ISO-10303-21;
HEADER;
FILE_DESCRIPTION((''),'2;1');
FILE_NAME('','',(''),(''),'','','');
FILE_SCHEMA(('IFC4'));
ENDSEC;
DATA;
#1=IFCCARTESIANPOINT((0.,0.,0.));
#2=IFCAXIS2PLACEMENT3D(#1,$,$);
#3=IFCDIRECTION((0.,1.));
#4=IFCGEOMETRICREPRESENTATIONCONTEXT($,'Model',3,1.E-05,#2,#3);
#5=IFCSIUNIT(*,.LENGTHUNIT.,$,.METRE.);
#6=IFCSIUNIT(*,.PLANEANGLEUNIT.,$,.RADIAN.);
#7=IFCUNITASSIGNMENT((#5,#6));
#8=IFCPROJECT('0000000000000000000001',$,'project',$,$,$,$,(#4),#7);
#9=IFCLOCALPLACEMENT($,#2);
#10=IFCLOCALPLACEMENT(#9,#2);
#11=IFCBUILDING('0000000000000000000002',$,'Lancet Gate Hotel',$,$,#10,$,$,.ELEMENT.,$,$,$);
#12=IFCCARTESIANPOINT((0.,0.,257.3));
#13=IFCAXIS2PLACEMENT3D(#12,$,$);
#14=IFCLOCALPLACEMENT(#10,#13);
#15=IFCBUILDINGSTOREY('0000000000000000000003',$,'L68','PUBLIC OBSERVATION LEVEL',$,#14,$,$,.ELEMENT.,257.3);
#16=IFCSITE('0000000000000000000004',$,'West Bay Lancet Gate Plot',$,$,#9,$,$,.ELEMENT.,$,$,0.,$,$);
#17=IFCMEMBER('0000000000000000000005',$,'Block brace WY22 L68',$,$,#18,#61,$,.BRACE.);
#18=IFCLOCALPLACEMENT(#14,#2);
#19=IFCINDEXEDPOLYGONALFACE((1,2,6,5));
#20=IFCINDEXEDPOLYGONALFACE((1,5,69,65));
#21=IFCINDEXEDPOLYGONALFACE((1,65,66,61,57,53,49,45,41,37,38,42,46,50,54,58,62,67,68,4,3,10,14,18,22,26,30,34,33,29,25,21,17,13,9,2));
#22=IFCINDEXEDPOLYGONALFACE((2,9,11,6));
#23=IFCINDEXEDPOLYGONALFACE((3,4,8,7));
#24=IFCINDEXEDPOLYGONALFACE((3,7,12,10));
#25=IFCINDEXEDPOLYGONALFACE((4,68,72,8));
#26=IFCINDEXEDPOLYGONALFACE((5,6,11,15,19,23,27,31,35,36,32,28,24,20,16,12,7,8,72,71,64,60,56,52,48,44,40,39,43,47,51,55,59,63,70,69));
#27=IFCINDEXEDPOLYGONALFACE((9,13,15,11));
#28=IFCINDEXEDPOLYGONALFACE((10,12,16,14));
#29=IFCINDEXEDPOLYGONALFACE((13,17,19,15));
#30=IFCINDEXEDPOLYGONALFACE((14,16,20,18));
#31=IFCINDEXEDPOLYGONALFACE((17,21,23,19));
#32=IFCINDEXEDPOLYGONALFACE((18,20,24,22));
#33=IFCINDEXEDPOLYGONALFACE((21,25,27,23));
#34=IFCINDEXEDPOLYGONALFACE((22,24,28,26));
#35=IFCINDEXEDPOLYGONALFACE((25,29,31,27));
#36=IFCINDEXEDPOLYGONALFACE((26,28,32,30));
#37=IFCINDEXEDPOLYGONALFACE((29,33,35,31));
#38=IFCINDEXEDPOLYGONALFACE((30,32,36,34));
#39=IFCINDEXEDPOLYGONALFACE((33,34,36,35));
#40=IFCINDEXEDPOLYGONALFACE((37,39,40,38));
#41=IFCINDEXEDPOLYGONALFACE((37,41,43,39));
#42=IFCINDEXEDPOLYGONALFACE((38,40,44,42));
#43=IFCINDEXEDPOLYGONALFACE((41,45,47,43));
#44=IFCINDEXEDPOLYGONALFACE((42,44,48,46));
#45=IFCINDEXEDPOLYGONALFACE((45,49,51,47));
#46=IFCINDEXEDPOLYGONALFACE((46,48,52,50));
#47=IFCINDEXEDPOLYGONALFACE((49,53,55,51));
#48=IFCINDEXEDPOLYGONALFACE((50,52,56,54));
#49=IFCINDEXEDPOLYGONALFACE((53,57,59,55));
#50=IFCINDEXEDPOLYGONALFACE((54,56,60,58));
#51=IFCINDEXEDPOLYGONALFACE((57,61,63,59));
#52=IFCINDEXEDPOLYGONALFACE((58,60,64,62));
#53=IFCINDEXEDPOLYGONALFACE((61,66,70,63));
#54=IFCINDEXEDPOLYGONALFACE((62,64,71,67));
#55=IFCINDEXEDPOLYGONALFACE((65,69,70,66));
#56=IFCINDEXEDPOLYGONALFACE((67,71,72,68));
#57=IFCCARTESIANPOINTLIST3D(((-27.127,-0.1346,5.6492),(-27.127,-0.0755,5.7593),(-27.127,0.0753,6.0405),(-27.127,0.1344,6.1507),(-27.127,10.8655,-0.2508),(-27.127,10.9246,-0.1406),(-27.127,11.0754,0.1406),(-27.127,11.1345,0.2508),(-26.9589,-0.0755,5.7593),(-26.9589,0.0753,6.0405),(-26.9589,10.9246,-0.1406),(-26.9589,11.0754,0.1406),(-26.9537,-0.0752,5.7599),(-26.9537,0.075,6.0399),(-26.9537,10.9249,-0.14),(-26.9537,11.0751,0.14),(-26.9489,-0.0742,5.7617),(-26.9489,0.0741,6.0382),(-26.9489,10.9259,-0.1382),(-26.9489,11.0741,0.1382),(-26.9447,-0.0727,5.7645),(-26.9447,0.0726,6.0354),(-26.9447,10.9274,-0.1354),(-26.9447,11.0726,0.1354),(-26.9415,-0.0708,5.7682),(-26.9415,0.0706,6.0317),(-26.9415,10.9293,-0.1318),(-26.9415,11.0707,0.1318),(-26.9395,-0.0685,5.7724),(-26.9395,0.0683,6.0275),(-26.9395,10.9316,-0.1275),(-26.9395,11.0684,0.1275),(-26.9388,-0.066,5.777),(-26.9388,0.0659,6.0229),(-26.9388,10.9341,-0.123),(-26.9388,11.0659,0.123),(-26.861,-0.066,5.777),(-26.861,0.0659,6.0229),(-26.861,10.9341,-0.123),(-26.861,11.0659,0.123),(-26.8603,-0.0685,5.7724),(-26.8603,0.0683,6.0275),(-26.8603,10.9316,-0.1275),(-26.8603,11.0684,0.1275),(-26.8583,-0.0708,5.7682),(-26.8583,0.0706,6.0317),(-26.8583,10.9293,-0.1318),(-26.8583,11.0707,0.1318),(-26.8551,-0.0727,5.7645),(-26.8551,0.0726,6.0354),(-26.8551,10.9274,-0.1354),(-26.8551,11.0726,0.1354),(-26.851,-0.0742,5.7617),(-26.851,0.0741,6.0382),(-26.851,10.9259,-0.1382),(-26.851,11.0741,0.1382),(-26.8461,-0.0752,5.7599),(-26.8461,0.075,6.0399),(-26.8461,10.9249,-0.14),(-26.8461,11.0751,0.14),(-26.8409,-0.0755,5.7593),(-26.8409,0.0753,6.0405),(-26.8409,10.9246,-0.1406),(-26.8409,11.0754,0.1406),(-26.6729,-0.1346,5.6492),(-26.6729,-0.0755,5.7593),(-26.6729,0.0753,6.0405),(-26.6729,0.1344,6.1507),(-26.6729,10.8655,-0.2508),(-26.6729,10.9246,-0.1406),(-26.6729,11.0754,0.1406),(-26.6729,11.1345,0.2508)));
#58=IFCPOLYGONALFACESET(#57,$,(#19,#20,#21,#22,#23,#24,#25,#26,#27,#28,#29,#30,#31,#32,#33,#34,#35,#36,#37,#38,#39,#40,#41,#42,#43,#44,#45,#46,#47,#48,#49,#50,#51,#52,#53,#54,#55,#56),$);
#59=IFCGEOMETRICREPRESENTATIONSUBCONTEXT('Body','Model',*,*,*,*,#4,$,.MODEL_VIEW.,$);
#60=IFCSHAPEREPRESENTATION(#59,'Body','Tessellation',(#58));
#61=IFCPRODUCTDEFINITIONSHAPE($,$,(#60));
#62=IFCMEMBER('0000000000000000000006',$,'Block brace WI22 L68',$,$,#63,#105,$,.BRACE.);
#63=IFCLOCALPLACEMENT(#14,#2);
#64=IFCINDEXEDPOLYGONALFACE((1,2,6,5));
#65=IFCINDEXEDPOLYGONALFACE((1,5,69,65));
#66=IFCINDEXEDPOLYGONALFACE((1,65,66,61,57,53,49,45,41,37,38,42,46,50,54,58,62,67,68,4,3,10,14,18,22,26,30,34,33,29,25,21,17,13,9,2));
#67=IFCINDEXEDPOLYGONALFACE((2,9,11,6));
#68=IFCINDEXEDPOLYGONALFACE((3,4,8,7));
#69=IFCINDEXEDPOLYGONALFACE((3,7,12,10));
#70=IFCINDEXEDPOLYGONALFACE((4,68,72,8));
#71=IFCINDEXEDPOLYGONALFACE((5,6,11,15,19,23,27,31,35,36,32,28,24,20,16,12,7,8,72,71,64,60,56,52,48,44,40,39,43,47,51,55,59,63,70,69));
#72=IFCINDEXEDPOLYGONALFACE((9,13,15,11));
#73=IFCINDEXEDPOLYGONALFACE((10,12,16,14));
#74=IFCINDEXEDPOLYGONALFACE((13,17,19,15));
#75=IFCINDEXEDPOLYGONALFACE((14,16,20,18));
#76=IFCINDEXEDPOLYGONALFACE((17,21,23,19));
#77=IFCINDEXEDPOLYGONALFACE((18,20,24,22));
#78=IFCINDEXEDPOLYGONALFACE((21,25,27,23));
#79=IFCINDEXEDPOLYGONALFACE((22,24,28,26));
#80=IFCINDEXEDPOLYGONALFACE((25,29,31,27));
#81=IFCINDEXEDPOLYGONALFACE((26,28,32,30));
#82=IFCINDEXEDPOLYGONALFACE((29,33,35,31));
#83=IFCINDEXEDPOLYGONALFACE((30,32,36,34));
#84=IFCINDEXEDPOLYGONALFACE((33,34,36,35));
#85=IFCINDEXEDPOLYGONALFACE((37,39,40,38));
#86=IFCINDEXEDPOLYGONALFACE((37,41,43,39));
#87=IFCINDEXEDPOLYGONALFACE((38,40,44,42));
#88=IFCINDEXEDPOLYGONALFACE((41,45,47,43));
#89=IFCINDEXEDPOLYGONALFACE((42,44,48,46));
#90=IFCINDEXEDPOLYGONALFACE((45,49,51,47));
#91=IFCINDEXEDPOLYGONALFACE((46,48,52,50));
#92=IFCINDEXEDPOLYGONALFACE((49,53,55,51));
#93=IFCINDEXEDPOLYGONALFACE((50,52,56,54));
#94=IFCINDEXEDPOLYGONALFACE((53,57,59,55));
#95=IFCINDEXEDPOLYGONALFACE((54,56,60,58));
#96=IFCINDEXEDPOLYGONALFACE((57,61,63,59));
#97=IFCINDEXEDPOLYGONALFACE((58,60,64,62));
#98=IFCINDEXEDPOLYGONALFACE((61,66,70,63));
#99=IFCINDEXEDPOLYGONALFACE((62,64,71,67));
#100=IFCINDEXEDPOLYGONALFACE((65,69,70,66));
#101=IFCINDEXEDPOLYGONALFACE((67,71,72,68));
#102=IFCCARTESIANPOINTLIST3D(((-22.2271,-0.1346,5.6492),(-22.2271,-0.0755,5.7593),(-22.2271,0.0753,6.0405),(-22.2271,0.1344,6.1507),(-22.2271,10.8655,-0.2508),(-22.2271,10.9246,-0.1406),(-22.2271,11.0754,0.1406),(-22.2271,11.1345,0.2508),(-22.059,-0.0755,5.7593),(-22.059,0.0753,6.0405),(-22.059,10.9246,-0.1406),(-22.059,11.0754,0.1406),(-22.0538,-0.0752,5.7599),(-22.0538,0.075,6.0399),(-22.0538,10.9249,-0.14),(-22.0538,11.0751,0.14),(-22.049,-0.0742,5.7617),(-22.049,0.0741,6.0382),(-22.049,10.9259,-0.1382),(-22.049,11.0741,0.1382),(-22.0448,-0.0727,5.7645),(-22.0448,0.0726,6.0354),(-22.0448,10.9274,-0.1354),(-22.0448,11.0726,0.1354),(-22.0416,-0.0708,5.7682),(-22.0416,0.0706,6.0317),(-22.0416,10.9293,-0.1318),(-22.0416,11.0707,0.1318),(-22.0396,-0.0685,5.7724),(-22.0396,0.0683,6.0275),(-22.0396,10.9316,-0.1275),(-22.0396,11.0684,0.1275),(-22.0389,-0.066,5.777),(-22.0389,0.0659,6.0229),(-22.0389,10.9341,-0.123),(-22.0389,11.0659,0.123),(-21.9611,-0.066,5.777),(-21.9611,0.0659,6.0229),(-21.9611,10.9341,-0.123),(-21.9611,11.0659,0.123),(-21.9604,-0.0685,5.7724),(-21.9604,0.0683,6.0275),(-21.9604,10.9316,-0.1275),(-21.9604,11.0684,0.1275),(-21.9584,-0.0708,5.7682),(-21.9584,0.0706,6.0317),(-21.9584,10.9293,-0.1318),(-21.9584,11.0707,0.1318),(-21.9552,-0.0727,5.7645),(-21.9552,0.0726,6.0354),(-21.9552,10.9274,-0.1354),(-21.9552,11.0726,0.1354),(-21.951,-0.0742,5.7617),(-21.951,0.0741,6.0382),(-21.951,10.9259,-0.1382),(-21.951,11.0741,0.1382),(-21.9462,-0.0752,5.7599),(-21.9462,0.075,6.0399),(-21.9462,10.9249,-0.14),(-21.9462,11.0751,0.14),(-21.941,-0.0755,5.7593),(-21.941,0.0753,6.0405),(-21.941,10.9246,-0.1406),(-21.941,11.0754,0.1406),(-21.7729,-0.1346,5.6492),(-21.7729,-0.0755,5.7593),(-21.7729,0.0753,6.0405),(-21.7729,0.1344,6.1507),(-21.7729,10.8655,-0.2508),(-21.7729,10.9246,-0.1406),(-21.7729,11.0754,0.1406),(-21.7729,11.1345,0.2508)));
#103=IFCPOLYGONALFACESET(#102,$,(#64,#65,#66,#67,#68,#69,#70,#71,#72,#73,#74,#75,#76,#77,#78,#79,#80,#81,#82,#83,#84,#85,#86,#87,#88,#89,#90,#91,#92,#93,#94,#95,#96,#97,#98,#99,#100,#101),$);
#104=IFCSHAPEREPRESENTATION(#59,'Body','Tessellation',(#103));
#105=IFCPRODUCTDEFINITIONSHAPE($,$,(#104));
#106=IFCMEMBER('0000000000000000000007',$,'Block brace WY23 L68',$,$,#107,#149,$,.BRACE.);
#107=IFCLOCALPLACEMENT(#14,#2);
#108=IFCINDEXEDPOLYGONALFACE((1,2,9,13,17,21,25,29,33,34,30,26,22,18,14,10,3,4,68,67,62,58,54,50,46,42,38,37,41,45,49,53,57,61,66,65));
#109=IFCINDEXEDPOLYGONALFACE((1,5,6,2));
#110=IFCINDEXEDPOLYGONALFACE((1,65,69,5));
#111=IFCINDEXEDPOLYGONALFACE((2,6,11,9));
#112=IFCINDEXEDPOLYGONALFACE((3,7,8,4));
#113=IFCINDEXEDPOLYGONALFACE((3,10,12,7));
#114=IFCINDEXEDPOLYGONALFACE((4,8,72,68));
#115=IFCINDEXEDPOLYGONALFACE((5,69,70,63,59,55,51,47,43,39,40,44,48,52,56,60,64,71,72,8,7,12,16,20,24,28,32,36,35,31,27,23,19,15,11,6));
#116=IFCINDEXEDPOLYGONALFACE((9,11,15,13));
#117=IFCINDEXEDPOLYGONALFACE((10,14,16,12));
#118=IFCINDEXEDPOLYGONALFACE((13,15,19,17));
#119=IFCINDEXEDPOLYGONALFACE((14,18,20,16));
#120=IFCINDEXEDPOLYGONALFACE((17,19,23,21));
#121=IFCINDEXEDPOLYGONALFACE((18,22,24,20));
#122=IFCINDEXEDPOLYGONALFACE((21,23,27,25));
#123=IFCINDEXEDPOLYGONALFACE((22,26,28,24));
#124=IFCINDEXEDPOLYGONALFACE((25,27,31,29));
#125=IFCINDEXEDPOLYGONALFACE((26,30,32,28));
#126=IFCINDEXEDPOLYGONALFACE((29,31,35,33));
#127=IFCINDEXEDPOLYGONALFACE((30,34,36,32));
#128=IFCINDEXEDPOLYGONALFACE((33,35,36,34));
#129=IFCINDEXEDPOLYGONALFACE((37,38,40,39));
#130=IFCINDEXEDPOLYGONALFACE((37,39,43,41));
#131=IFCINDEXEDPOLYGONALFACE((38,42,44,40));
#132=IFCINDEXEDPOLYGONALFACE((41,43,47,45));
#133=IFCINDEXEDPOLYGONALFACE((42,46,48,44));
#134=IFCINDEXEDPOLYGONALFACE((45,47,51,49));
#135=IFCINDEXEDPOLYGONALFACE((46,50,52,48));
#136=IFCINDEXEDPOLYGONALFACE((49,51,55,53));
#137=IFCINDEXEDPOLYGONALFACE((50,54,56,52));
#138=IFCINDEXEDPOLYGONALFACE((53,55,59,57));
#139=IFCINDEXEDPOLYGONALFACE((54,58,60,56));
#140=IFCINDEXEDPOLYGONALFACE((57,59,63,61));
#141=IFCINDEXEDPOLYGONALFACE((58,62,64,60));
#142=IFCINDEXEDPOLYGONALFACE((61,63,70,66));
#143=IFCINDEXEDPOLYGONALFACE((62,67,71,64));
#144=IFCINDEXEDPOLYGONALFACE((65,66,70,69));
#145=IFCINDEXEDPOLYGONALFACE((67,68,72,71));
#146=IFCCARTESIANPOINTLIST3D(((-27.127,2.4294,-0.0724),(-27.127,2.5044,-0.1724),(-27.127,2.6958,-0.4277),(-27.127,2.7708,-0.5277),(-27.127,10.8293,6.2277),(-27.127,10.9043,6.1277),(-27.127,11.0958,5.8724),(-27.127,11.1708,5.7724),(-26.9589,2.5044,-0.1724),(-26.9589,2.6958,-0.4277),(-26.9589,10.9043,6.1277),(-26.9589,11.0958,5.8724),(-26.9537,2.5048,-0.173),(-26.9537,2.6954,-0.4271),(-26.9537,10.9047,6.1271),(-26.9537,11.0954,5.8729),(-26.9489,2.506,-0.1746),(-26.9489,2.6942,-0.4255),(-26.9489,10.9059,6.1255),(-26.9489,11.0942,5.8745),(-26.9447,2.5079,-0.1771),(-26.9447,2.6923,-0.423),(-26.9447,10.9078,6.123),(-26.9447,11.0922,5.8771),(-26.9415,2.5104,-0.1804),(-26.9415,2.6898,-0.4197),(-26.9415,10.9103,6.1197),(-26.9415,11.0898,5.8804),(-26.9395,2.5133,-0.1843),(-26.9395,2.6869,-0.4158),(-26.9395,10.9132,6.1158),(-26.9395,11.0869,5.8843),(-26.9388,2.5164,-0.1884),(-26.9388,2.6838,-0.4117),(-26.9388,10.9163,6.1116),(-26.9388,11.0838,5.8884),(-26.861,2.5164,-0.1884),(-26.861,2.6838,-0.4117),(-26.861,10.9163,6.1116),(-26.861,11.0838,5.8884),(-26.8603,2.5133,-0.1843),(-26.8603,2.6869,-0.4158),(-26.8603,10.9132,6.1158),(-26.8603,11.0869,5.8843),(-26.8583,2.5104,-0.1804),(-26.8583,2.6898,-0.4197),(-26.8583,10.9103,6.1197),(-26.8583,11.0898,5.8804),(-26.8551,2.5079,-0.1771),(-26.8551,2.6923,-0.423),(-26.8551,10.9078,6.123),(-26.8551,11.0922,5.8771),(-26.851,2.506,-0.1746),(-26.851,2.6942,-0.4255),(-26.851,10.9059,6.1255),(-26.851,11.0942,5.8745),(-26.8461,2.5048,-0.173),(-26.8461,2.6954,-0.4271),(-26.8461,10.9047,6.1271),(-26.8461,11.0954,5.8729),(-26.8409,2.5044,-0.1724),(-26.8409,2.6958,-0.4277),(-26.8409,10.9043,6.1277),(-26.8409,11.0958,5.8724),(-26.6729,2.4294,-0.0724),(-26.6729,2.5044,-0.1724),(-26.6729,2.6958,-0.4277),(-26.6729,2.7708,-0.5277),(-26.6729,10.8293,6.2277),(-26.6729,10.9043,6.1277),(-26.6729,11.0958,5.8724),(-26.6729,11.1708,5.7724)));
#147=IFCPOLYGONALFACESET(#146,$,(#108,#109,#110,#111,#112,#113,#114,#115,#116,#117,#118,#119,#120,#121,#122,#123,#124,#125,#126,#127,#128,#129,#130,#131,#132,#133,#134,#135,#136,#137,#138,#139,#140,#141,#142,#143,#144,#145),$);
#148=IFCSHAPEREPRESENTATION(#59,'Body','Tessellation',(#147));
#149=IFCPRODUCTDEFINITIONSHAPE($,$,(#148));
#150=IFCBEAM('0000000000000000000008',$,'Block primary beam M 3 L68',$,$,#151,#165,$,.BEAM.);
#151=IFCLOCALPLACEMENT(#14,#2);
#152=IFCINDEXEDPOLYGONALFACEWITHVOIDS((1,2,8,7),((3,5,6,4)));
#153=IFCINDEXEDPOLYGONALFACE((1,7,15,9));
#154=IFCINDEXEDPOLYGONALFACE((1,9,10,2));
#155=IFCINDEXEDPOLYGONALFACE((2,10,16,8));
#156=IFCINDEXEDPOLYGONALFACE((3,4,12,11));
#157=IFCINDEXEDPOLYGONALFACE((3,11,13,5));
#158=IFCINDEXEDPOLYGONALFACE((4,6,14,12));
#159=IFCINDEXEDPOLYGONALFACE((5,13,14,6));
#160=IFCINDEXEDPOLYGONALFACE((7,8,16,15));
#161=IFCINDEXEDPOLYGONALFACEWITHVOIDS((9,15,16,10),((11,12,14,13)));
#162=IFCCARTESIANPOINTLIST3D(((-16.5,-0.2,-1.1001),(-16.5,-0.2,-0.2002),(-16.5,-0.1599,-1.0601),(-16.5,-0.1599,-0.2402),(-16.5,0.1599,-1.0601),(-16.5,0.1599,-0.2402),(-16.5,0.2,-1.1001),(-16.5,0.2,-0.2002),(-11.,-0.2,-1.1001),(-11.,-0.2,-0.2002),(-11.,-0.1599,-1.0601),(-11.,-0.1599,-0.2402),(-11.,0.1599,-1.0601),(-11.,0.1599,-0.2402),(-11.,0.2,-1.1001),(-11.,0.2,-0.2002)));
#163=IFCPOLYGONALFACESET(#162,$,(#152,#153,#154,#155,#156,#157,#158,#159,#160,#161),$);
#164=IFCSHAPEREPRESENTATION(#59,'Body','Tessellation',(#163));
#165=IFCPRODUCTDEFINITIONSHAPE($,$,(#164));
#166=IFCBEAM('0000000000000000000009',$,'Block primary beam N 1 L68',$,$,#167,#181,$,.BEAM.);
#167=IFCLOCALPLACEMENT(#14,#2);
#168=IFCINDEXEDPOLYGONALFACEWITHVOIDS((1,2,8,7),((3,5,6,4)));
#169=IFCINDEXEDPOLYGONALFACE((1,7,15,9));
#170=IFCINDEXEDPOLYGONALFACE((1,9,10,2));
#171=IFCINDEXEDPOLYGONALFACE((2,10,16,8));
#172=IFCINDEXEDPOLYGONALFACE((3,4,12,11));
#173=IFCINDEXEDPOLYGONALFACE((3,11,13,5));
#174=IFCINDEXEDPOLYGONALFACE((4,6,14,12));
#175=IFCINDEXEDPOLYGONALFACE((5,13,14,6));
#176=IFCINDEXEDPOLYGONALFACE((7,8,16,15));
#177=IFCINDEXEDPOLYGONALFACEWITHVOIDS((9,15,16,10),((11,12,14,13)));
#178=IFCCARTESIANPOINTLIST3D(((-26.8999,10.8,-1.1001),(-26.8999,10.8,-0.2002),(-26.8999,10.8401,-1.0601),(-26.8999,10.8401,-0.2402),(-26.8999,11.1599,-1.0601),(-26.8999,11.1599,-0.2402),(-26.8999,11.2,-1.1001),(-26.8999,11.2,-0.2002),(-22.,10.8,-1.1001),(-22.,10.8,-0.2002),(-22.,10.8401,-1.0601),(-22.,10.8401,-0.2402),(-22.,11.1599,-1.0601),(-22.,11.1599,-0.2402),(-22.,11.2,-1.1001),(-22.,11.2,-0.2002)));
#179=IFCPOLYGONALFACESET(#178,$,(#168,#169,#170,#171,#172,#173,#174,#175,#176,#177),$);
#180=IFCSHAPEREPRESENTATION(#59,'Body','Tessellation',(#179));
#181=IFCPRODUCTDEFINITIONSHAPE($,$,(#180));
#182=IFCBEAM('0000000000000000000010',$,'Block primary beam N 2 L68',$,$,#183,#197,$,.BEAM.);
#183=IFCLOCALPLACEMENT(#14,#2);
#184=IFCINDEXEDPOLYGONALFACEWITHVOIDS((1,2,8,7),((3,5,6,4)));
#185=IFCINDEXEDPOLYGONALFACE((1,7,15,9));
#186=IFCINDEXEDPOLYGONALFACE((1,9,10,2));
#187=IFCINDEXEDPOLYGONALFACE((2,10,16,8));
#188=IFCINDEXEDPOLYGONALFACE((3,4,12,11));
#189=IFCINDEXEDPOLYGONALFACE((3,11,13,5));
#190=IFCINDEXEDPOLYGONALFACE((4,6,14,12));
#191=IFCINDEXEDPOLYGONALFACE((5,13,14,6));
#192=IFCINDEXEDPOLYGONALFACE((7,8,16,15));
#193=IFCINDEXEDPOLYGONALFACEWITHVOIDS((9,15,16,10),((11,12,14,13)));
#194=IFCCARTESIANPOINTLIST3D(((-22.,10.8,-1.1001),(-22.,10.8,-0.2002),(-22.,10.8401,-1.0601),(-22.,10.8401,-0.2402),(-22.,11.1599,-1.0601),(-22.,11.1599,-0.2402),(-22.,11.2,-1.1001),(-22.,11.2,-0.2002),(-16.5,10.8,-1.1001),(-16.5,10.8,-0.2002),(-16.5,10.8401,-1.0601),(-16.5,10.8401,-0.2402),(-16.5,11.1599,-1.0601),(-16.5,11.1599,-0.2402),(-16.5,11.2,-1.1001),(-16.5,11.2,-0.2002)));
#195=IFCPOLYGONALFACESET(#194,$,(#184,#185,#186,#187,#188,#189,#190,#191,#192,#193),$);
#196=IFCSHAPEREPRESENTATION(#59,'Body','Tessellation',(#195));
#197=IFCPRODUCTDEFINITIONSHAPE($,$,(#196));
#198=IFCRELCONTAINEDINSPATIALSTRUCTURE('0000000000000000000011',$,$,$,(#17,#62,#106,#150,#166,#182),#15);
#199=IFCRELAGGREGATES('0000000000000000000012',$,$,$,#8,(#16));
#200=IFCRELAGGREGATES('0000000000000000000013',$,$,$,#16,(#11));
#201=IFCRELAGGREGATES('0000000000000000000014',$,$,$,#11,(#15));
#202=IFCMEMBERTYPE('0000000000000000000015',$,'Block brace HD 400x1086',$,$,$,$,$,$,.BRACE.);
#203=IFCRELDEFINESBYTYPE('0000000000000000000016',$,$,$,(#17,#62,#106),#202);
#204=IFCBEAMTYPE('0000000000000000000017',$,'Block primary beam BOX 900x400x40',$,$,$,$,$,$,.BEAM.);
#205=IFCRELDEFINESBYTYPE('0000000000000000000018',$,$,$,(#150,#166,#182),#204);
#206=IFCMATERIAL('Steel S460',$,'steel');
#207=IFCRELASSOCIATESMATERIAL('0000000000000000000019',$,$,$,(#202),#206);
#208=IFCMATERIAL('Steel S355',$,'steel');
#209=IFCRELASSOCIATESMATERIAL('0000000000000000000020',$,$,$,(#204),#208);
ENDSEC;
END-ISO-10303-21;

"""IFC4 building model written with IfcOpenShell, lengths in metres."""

from ifc_helpers import new_model, si_unit, direction, frame, origin, origin_2d, place, context, subcontext, project, spatial, hollow_rectangle, i_section, extrude, material, material_profile, profile_set, type_object, element, save


model = new_model("IFC4")

# Units and contexts
model_context = context("Model", 3, precision=1e-05, world=origin(), true_north=direction((0.0, 1.0)))
body_context = subcontext(model_context, "Body", "Model", "MODEL_VIEW")
ifc_project = project(units=[si_unit("LENGTHUNIT", "METRE"), si_unit("PLANEANGLEUNIT", "RADIAN")], contexts=[model_context])

# Site, building, storey
site_placement = place(None, origin())
site = spatial("IfcSite", under=ifc_project, at=site_placement, Name="West Bay Lancet Gate Plot", CompositionType="ELEMENT", RefElevation=0.0)
building_placement = place(site_placement, origin())
building = spatial("IfcBuilding", under=site, at=building_placement, Name="Lancet Gate Hotel", CompositionType="ELEMENT")
storey_placement = place(building_placement, frame((0.0, 0.0, 257.3)))
storey = spatial("IfcBuildingStorey", under=building, at=storey_placement, Name="L68", Description="PUBLIC OBSERVATION LEVEL", CompositionType="ELEMENT", Elevation=257.3)

# Members
ifc_material_1 = material(Name="Steel S460", Category="steel")
ifc_material_profile_1 = material_profile(ifc_material_1, i_section(OverallWidth=0.4541, OverallDepth=0.5691, WebThickness=0.0779, FlangeThickness=0.125, FilletRadius=0.02, at=origin_2d()), Name="HD 400x1086")
ifc_profile_set_1 = profile_set([ifc_material_profile_1], Name="Steel S460")
member_type = type_object("IfcMemberType", Name="Block brace HD 400x1086", PredefinedType="BRACE", material=ifc_profile_set_1)
for number, where, z_axis, x_axis, name in (
    (1, (-26.8999, 11.0, 0.0), (0.0, -0.881245, 0.47266), (1.0, 0.0, 0.0), "Block brace WY22 L68"),
    (2, (-22.0, 11.0, 0.0), (0.0, -0.881245, 0.47266), (1.0, 0.0, 0.0), "Block brace WI22 L68"),
):
    element("IfcMember", number, at=place(storey_placement, frame(where, z_axis=z_axis, x_axis=x_axis)), inside=storey, type_object=member_type, Name=name, PredefinedType="BRACE", context=body_context, shape_type="SweptSolid", body=[
        extrude(i_section(OverallWidth=0.4541, OverallDepth=0.5691, WebThickness=0.0779, FlangeThickness=0.125, FilletRadius=0.02, at=origin_2d()), origin(), (0.0, 0.0, 1.0), 12.4824),
    ])
member_placement = place(storey_placement, frame((-26.8999, 2.6001, -0.3), z_axis=(0.0, 0.799994, 0.600007), x_axis=(-1.0, 0.0, 0.0)))
element("IfcMember", 3, at=member_placement, inside=storey, type_object=member_type, Name="Block brace WY23 L68", PredefinedType="BRACE", context=body_context, shape_type="SweptSolid", body=[
    extrude(i_section(OverallWidth=0.4541, OverallDepth=0.5691, WebThickness=0.0779, FlangeThickness=0.125, FilletRadius=0.02, at=origin_2d()), origin(), (0.0, 0.0, 1.0), 10.5),
])

# Beams
ifc_material_2 = material(Name="Steel S355", Category="steel")
ifc_material_profile_2 = material_profile(ifc_material_2, hollow_rectangle(XDim=0.3999, YDim=0.8999, WallThickness=0.04, at=origin_2d()), Name="BOX 900x400x40")
ifc_profile_set_2 = profile_set([ifc_material_profile_2], Name="Steel S355")
beam_type_1 = type_object("IfcBeamType", Name="Block primary beam BOX 900x400x40", PredefinedType="BEAM", material=ifc_profile_set_2)
beam_1_placement = place(storey_placement, frame((-16.5, 0.0, -0.6501), z_axis=(1.0, 0.0, 0.0), x_axis=(0.0, 1.0, 0.0)))
element("IfcBeam", 4, at=beam_1_placement, inside=storey, type_object=beam_type_1, Name="Block primary beam M 3 L68", PredefinedType="BEAM", context=body_context, shape_type="SweptSolid", body=[
    extrude(hollow_rectangle(XDim=0.3999, YDim=0.8999, WallThickness=0.04, at=origin_2d()), origin(), (0.0, 0.0, 1.0), 5.5),
])
beam_2_placement = place(storey_placement, frame((-26.8999, 11.0, -0.6501), z_axis=(1.0, 0.0, 0.0), x_axis=(0.0, 1.0, 0.0)))
element("IfcBeam", 5, at=beam_2_placement, inside=storey, type_object=beam_type_1, Name="Block primary beam N 1 L68", PredefinedType="BEAM", context=body_context, shape_type="SweptSolid", body=[
    extrude(hollow_rectangle(XDim=0.3999, YDim=0.8999, WallThickness=0.04, at=origin_2d()), origin(), (0.0, 0.0, 1.0), 4.8999),
])
beam_3_placement = place(storey_placement, frame((-22.0, 11.0, -0.6501), z_axis=(1.0, 0.0, 0.0), x_axis=(0.0, 1.0, 0.0)))
element("IfcBeam", 6, at=beam_3_placement, inside=storey, type_object=beam_type_1, Name="Block primary beam N 2 L68", PredefinedType="BEAM", context=body_context, shape_type="SweptSolid", body=[
    extrude(hollow_rectangle(XDim=0.3999, YDim=0.8999, WallThickness=0.04, at=origin_2d()), origin(), (0.0, 0.0, 1.0), 5.5),
])

save(model, "model.ifc")
